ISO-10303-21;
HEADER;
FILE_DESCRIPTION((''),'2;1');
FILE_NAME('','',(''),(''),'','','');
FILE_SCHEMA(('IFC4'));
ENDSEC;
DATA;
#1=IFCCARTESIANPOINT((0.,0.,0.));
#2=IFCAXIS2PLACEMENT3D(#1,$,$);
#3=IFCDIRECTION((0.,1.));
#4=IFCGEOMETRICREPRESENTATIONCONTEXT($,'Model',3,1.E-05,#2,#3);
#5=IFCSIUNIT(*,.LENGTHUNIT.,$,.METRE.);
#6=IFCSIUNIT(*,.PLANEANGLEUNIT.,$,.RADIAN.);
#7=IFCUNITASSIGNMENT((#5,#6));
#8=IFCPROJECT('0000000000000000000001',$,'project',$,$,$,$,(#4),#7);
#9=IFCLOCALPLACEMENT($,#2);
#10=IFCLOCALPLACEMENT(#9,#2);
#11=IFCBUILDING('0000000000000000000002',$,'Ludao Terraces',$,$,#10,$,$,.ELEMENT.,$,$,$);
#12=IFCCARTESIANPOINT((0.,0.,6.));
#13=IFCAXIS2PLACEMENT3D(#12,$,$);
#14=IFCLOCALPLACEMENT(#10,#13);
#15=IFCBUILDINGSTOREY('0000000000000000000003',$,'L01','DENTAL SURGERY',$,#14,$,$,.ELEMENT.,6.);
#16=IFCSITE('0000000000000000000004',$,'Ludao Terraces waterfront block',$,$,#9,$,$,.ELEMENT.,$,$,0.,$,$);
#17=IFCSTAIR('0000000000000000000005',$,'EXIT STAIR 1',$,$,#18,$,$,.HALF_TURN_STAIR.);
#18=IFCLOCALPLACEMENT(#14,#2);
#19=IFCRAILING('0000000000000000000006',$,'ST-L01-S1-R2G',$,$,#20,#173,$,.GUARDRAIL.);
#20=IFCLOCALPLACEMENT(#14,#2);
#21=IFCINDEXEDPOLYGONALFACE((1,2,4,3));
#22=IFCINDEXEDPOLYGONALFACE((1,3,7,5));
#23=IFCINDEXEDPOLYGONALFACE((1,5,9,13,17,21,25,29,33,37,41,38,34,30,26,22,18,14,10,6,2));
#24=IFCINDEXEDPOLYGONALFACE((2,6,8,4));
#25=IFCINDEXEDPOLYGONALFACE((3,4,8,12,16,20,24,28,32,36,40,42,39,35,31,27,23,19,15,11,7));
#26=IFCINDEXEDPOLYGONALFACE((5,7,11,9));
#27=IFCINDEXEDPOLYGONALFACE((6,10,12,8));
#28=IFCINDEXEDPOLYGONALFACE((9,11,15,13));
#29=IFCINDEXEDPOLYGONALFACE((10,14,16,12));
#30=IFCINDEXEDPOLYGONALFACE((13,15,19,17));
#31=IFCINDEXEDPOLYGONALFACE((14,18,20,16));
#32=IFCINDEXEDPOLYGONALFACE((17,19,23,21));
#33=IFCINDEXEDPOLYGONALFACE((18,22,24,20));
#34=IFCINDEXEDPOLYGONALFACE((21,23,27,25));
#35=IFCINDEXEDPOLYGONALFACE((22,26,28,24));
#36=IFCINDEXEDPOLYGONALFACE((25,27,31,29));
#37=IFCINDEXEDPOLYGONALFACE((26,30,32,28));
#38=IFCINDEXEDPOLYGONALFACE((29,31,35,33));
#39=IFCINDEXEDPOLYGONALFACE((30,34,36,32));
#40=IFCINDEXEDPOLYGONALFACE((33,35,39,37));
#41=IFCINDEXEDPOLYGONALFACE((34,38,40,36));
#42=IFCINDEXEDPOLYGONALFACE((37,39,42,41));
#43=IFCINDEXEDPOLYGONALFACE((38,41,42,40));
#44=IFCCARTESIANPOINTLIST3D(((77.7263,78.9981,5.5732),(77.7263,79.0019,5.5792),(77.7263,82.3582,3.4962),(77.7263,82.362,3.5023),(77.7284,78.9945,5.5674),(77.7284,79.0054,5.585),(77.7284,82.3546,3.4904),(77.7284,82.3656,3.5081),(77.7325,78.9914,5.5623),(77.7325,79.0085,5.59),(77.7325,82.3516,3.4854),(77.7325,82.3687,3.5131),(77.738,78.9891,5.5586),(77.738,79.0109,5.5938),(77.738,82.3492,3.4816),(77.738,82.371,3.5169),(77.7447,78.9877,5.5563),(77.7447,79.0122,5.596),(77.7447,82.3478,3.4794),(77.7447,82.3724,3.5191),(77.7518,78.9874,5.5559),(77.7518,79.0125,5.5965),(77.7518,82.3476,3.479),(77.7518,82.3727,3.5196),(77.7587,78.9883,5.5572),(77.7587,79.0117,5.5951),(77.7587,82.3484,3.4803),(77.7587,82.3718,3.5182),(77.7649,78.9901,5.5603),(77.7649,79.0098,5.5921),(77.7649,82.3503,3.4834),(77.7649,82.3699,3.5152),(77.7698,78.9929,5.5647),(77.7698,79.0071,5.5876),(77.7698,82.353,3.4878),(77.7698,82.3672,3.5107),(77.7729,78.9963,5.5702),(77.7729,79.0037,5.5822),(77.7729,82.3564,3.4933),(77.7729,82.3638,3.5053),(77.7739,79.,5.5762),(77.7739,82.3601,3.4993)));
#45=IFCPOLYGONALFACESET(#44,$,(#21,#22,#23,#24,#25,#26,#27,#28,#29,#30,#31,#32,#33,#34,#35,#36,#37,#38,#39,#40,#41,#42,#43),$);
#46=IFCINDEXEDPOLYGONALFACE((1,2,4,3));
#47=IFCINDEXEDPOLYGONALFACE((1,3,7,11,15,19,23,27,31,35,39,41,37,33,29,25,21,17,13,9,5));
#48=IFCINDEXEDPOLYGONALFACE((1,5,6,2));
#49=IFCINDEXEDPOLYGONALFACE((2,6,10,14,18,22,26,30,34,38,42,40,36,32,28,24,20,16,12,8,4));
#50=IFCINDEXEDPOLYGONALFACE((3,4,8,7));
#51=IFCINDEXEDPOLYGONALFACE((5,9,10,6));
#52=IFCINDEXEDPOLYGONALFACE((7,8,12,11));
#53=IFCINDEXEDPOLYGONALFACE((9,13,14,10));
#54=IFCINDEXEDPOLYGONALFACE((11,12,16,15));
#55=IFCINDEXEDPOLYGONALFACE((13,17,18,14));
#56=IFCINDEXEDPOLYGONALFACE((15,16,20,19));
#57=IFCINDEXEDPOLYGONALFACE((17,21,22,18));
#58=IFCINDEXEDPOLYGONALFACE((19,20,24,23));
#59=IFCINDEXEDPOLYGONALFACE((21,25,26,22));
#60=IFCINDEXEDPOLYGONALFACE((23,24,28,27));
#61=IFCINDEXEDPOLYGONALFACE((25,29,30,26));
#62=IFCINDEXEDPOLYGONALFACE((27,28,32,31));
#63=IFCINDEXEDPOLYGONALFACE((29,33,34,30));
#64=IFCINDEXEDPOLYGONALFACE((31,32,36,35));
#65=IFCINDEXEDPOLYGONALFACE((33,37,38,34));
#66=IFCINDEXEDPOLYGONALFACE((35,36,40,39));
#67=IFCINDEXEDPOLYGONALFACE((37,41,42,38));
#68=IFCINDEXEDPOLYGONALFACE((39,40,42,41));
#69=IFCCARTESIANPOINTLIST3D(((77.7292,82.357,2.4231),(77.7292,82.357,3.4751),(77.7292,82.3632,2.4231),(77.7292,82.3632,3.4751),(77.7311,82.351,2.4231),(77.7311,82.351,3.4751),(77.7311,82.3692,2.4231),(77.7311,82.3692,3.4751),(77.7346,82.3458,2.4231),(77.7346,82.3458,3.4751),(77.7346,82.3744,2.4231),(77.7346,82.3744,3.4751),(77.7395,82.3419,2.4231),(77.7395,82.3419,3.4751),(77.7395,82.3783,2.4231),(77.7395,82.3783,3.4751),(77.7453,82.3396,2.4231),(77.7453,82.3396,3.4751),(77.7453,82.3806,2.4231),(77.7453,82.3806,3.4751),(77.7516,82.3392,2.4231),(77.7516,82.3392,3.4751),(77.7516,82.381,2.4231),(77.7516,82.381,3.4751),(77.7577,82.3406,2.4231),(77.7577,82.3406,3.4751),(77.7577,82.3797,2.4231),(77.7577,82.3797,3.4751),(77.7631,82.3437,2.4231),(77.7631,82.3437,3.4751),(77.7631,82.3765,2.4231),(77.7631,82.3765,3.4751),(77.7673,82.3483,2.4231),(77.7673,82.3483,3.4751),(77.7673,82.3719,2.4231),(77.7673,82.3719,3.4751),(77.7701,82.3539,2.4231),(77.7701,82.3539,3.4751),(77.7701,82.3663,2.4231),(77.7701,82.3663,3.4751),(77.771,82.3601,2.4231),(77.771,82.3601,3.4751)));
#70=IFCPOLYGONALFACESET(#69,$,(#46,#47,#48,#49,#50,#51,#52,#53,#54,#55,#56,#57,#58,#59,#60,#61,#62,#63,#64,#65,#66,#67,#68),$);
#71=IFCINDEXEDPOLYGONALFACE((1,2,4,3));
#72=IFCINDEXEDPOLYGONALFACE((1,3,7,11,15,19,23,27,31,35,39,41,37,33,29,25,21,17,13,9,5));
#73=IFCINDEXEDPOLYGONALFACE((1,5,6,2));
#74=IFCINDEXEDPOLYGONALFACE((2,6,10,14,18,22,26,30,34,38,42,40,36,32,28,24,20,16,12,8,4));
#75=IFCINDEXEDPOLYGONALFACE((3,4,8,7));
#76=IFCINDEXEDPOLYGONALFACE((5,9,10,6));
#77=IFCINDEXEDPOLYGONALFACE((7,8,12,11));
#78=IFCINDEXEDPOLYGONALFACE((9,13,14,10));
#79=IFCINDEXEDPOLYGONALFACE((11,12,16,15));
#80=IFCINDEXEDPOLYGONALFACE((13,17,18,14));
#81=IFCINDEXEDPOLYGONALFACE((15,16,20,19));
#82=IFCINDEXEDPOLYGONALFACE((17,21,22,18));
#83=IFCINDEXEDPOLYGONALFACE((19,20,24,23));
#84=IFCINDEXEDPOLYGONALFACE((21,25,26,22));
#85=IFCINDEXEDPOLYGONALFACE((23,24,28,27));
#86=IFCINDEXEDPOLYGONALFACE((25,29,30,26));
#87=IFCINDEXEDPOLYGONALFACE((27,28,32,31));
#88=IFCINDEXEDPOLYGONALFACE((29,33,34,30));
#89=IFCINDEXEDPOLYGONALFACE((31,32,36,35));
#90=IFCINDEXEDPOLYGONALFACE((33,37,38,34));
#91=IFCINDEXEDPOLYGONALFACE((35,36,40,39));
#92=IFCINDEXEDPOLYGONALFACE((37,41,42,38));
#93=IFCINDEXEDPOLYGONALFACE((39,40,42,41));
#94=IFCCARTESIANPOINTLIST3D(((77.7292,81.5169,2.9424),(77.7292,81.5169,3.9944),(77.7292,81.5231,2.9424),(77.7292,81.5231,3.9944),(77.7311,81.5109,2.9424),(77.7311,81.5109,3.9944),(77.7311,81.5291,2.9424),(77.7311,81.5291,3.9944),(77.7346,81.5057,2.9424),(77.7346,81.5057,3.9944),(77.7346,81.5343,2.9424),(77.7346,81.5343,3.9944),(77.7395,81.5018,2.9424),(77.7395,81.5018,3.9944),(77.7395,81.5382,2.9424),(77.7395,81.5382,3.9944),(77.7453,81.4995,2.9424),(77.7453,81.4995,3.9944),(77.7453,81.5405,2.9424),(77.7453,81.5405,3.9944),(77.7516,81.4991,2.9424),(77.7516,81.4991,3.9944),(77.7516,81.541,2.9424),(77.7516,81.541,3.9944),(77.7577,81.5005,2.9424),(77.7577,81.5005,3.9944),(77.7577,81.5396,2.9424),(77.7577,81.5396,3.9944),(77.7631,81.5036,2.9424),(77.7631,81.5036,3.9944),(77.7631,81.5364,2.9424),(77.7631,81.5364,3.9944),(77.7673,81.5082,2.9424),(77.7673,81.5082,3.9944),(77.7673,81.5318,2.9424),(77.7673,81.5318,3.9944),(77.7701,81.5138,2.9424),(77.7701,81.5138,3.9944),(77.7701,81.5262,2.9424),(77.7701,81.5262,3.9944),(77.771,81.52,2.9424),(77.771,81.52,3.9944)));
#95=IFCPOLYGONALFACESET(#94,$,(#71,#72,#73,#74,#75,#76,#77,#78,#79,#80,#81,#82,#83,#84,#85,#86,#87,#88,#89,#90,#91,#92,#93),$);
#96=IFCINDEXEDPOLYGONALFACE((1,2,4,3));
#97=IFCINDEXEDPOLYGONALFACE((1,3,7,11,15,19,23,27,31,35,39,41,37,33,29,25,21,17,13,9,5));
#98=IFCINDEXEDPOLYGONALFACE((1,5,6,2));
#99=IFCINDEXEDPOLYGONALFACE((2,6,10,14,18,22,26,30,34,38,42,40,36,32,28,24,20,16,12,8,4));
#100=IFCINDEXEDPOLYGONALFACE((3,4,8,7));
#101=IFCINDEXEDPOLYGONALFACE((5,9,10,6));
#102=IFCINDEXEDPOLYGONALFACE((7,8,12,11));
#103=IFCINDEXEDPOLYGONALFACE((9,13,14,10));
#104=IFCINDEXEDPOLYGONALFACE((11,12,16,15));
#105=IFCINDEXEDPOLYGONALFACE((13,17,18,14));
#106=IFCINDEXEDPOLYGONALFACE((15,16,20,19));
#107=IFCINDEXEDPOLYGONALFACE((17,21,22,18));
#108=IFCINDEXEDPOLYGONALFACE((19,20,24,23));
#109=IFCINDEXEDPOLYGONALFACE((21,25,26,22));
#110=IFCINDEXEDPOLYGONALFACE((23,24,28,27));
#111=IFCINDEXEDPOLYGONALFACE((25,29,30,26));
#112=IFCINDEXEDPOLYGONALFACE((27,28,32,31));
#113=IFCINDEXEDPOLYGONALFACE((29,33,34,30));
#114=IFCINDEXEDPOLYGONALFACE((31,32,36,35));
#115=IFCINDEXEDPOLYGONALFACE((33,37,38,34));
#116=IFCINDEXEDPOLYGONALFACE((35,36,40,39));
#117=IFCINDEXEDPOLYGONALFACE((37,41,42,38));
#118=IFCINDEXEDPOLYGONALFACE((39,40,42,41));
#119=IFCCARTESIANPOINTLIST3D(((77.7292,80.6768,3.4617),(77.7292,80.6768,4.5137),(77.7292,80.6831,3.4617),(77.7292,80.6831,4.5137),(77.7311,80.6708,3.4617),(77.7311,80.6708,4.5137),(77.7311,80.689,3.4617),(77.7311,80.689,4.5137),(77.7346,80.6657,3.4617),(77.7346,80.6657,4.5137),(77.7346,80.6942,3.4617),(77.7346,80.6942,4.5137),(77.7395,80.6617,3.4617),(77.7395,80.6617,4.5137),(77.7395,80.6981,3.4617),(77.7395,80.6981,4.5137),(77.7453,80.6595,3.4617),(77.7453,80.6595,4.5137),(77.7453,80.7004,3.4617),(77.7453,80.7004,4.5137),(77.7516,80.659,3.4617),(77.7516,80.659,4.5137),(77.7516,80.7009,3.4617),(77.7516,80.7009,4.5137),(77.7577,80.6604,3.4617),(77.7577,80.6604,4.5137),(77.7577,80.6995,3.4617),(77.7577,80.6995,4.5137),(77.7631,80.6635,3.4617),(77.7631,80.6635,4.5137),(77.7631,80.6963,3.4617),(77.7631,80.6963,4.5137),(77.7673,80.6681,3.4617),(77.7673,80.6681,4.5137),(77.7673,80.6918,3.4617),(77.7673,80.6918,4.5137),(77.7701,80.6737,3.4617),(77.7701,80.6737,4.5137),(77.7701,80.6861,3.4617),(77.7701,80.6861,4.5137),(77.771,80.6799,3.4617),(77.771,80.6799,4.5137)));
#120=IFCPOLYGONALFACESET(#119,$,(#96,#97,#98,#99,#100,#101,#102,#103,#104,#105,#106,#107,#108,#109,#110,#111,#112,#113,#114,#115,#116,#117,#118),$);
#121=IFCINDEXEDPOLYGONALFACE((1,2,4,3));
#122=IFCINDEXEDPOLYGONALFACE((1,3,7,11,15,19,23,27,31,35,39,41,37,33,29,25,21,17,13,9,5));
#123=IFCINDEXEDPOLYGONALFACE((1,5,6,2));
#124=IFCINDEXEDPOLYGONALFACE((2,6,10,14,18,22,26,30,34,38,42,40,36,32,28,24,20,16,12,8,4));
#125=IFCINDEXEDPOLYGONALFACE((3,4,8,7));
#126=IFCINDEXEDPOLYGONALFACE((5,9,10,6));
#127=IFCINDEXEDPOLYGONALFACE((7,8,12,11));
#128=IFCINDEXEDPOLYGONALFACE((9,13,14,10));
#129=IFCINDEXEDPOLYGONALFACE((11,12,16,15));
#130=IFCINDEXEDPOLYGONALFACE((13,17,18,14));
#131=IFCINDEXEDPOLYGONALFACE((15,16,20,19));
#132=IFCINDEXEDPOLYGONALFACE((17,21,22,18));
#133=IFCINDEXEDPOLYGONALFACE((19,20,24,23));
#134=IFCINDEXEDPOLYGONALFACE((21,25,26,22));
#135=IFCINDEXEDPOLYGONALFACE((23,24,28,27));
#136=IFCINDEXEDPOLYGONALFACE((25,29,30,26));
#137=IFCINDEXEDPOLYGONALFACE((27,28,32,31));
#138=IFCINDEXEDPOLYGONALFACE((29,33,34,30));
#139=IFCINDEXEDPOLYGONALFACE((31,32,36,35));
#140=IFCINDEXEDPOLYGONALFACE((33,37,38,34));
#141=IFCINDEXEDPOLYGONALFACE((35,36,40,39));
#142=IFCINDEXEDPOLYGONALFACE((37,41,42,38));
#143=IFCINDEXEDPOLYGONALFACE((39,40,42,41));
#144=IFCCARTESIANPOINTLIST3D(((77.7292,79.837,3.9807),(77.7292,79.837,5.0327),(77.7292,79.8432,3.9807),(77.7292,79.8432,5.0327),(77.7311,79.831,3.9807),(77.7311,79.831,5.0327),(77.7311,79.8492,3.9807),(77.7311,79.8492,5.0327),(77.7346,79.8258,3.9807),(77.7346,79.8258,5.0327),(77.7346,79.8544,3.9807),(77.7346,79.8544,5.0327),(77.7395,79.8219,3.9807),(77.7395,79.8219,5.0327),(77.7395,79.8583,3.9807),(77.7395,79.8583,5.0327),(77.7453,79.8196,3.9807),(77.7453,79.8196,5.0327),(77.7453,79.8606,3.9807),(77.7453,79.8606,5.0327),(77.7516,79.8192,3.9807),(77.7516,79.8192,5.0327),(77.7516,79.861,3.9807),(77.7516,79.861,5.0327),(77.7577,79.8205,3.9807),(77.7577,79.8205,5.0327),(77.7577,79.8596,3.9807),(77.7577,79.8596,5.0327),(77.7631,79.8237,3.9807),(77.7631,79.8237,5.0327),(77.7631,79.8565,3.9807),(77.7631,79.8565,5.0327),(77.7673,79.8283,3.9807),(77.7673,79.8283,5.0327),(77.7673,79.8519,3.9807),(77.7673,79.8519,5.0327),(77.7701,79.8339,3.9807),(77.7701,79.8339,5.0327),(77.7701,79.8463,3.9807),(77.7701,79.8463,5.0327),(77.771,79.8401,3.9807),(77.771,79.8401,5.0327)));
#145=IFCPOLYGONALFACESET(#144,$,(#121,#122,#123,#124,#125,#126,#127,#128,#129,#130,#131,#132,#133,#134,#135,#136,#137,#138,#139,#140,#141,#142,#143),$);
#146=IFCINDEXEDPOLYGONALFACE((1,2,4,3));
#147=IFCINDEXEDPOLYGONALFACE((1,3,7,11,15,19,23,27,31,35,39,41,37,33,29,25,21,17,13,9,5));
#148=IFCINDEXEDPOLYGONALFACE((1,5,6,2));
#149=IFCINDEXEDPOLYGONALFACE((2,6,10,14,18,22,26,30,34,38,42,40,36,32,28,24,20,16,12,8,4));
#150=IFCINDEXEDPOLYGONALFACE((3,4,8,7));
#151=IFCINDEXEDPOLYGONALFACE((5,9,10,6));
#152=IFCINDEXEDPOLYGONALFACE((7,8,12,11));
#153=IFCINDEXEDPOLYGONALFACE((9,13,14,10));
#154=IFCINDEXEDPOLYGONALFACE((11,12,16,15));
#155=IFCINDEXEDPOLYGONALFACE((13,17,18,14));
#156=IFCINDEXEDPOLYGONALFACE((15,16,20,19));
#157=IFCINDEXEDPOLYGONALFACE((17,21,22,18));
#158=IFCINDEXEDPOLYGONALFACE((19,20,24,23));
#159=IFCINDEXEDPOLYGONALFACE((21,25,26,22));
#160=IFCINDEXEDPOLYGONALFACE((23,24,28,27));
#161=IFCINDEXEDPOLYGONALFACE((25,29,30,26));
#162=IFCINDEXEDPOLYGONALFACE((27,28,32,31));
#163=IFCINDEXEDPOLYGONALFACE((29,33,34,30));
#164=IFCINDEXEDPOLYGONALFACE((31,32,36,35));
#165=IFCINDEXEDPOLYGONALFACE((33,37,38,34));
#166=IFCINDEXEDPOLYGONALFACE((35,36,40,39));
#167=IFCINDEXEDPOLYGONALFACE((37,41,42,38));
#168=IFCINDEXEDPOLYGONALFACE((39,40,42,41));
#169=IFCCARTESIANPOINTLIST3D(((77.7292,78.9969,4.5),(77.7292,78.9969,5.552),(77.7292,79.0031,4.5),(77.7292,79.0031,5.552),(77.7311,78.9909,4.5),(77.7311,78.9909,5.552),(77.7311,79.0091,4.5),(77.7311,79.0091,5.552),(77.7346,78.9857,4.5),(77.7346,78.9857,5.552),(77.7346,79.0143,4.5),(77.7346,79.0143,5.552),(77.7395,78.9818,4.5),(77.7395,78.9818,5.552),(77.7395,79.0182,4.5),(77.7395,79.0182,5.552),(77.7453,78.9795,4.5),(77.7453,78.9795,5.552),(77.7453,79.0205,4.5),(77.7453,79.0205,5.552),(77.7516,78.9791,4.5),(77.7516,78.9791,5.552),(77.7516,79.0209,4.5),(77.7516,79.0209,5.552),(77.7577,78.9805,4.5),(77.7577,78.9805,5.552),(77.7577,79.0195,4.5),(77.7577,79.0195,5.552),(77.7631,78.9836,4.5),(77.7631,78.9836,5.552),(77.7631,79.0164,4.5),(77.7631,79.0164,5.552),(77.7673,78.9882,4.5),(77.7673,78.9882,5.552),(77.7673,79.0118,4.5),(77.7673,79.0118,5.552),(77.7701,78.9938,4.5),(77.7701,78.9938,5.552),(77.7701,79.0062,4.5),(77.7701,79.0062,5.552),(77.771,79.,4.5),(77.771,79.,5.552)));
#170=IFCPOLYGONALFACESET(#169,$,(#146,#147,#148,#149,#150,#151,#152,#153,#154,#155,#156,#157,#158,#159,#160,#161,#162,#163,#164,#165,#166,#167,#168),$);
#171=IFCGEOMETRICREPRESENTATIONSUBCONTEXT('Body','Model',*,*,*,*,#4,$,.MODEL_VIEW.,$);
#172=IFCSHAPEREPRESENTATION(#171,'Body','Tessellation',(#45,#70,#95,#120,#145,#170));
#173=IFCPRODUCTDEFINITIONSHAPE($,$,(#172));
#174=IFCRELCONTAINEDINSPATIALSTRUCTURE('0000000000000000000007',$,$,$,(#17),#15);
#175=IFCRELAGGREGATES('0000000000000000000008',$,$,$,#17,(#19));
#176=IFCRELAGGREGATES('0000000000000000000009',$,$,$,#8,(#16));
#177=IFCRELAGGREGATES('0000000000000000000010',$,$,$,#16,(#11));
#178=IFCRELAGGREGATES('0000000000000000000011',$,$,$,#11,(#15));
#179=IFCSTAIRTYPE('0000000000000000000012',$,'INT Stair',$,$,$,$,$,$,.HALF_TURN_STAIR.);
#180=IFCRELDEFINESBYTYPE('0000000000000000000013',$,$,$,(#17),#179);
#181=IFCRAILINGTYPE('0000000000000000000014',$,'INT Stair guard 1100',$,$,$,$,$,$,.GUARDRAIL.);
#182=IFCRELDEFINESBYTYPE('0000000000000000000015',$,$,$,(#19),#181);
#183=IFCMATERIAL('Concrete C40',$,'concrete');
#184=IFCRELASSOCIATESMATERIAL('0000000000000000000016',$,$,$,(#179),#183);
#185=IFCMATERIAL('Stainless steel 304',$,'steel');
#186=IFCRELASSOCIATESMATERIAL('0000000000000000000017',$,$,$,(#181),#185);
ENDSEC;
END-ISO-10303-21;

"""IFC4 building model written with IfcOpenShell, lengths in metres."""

from ifc_helpers import new_model, si_unit, direction, frame, origin, origin_2d, place, context, subcontext, project, spatial, circle, extrude, material, type_object, element, aggregate, save


model = new_model("IFC4")

# Units and contexts
model_context = context("Model", 3, precision=1e-05, world=origin(), true_north=direction((0.0, 1.0)))
body_context = subcontext(model_context, "Body", "Model", "MODEL_VIEW")
ifc_project = project(units=[si_unit("LENGTHUNIT", "METRE"), si_unit("PLANEANGLEUNIT", "RADIAN")], contexts=[model_context])

# Site, building, storey
site_placement = place(None, origin())
site = spatial("IfcSite", under=ifc_project, at=site_placement, Name="Ludao Terraces waterfront block", CompositionType="ELEMENT", RefElevation=0.0)
building_placement = place(site_placement, origin())
building = spatial("IfcBuilding", under=site, at=building_placement, Name="Ludao Terraces", CompositionType="ELEMENT")
storey_placement = place(building_placement, frame((0.0, 0.0, 6.0)))
storey = spatial("IfcBuildingStorey", under=building, at=storey_placement, Name="L01", Description="DENTAL SURGERY", CompositionType="ELEMENT", Elevation=6.0)

# Shared definitions
ifc_material_1 = material(Name="Concrete C40", Category="concrete")

# Stair, railing
stair_type = type_object("IfcStairType", Name="INT Stair", PredefinedType="HALF_TURN_STAIR", material=ifc_material_1)
stair_placement = place(storey_placement, origin())
stair = element("IfcStair", 1, at=stair_placement, inside=storey, type_object=stair_type, Name="EXIT STAIR 1", PredefinedType="HALF_TURN_STAIR")
ifc_material_2 = material(Name="Stainless steel 304", Category="steel")
railing_type_1 = type_object("IfcRailingType", Name="INT Stair guard 1100", PredefinedType="GUARDRAIL", material=ifc_material_2)
railing_1_placement = place(storey_placement, frame((77.75, 82.3601, 2.4231)))
railing_1 = element("IfcRailing", 2, at=railing_1_placement, type_object=railing_type_1, Name="ST-L01-S1-R2G", PredefinedType="GUARDRAIL", context=body_context, shape_type="SweptSolid", body=[
    extrude(circle(Radius=0.0239, at=origin_2d()), frame((0.0, 0.0, 1.0762), z_axis=(0.0, -0.850623, 0.525776), x_axis=(1.0, 0.0, 0.0)), (0.0, 0.0, 1.0), 3.9502),
    extrude(circle(Radius=0.021, at=origin_2d()), origin(), (0.0, 0.0, 1.0), 1.052),
    extrude(circle(Radius=0.021, at=origin_2d()), frame((0.0, -0.8401, 0.5193)), (0.0, 0.0, 1.0), 1.052),
    extrude(circle(Radius=0.021, at=origin_2d()), frame((0.0, -1.6802, 1.0386)), (0.0, 0.0, 1.0), 1.052),
    extrude(circle(Radius=0.021, at=origin_2d()), frame((0.0, -2.52, 1.5576)), (0.0, 0.0, 1.0), 1.052),
    extrude(circle(Radius=0.021, at=origin_2d()), frame((0.0, -3.3601, 2.0769)), (0.0, 0.0, 1.0), 1.052),
])
aggregate(stair, [railing_1])

save(model, "model.ifc")
